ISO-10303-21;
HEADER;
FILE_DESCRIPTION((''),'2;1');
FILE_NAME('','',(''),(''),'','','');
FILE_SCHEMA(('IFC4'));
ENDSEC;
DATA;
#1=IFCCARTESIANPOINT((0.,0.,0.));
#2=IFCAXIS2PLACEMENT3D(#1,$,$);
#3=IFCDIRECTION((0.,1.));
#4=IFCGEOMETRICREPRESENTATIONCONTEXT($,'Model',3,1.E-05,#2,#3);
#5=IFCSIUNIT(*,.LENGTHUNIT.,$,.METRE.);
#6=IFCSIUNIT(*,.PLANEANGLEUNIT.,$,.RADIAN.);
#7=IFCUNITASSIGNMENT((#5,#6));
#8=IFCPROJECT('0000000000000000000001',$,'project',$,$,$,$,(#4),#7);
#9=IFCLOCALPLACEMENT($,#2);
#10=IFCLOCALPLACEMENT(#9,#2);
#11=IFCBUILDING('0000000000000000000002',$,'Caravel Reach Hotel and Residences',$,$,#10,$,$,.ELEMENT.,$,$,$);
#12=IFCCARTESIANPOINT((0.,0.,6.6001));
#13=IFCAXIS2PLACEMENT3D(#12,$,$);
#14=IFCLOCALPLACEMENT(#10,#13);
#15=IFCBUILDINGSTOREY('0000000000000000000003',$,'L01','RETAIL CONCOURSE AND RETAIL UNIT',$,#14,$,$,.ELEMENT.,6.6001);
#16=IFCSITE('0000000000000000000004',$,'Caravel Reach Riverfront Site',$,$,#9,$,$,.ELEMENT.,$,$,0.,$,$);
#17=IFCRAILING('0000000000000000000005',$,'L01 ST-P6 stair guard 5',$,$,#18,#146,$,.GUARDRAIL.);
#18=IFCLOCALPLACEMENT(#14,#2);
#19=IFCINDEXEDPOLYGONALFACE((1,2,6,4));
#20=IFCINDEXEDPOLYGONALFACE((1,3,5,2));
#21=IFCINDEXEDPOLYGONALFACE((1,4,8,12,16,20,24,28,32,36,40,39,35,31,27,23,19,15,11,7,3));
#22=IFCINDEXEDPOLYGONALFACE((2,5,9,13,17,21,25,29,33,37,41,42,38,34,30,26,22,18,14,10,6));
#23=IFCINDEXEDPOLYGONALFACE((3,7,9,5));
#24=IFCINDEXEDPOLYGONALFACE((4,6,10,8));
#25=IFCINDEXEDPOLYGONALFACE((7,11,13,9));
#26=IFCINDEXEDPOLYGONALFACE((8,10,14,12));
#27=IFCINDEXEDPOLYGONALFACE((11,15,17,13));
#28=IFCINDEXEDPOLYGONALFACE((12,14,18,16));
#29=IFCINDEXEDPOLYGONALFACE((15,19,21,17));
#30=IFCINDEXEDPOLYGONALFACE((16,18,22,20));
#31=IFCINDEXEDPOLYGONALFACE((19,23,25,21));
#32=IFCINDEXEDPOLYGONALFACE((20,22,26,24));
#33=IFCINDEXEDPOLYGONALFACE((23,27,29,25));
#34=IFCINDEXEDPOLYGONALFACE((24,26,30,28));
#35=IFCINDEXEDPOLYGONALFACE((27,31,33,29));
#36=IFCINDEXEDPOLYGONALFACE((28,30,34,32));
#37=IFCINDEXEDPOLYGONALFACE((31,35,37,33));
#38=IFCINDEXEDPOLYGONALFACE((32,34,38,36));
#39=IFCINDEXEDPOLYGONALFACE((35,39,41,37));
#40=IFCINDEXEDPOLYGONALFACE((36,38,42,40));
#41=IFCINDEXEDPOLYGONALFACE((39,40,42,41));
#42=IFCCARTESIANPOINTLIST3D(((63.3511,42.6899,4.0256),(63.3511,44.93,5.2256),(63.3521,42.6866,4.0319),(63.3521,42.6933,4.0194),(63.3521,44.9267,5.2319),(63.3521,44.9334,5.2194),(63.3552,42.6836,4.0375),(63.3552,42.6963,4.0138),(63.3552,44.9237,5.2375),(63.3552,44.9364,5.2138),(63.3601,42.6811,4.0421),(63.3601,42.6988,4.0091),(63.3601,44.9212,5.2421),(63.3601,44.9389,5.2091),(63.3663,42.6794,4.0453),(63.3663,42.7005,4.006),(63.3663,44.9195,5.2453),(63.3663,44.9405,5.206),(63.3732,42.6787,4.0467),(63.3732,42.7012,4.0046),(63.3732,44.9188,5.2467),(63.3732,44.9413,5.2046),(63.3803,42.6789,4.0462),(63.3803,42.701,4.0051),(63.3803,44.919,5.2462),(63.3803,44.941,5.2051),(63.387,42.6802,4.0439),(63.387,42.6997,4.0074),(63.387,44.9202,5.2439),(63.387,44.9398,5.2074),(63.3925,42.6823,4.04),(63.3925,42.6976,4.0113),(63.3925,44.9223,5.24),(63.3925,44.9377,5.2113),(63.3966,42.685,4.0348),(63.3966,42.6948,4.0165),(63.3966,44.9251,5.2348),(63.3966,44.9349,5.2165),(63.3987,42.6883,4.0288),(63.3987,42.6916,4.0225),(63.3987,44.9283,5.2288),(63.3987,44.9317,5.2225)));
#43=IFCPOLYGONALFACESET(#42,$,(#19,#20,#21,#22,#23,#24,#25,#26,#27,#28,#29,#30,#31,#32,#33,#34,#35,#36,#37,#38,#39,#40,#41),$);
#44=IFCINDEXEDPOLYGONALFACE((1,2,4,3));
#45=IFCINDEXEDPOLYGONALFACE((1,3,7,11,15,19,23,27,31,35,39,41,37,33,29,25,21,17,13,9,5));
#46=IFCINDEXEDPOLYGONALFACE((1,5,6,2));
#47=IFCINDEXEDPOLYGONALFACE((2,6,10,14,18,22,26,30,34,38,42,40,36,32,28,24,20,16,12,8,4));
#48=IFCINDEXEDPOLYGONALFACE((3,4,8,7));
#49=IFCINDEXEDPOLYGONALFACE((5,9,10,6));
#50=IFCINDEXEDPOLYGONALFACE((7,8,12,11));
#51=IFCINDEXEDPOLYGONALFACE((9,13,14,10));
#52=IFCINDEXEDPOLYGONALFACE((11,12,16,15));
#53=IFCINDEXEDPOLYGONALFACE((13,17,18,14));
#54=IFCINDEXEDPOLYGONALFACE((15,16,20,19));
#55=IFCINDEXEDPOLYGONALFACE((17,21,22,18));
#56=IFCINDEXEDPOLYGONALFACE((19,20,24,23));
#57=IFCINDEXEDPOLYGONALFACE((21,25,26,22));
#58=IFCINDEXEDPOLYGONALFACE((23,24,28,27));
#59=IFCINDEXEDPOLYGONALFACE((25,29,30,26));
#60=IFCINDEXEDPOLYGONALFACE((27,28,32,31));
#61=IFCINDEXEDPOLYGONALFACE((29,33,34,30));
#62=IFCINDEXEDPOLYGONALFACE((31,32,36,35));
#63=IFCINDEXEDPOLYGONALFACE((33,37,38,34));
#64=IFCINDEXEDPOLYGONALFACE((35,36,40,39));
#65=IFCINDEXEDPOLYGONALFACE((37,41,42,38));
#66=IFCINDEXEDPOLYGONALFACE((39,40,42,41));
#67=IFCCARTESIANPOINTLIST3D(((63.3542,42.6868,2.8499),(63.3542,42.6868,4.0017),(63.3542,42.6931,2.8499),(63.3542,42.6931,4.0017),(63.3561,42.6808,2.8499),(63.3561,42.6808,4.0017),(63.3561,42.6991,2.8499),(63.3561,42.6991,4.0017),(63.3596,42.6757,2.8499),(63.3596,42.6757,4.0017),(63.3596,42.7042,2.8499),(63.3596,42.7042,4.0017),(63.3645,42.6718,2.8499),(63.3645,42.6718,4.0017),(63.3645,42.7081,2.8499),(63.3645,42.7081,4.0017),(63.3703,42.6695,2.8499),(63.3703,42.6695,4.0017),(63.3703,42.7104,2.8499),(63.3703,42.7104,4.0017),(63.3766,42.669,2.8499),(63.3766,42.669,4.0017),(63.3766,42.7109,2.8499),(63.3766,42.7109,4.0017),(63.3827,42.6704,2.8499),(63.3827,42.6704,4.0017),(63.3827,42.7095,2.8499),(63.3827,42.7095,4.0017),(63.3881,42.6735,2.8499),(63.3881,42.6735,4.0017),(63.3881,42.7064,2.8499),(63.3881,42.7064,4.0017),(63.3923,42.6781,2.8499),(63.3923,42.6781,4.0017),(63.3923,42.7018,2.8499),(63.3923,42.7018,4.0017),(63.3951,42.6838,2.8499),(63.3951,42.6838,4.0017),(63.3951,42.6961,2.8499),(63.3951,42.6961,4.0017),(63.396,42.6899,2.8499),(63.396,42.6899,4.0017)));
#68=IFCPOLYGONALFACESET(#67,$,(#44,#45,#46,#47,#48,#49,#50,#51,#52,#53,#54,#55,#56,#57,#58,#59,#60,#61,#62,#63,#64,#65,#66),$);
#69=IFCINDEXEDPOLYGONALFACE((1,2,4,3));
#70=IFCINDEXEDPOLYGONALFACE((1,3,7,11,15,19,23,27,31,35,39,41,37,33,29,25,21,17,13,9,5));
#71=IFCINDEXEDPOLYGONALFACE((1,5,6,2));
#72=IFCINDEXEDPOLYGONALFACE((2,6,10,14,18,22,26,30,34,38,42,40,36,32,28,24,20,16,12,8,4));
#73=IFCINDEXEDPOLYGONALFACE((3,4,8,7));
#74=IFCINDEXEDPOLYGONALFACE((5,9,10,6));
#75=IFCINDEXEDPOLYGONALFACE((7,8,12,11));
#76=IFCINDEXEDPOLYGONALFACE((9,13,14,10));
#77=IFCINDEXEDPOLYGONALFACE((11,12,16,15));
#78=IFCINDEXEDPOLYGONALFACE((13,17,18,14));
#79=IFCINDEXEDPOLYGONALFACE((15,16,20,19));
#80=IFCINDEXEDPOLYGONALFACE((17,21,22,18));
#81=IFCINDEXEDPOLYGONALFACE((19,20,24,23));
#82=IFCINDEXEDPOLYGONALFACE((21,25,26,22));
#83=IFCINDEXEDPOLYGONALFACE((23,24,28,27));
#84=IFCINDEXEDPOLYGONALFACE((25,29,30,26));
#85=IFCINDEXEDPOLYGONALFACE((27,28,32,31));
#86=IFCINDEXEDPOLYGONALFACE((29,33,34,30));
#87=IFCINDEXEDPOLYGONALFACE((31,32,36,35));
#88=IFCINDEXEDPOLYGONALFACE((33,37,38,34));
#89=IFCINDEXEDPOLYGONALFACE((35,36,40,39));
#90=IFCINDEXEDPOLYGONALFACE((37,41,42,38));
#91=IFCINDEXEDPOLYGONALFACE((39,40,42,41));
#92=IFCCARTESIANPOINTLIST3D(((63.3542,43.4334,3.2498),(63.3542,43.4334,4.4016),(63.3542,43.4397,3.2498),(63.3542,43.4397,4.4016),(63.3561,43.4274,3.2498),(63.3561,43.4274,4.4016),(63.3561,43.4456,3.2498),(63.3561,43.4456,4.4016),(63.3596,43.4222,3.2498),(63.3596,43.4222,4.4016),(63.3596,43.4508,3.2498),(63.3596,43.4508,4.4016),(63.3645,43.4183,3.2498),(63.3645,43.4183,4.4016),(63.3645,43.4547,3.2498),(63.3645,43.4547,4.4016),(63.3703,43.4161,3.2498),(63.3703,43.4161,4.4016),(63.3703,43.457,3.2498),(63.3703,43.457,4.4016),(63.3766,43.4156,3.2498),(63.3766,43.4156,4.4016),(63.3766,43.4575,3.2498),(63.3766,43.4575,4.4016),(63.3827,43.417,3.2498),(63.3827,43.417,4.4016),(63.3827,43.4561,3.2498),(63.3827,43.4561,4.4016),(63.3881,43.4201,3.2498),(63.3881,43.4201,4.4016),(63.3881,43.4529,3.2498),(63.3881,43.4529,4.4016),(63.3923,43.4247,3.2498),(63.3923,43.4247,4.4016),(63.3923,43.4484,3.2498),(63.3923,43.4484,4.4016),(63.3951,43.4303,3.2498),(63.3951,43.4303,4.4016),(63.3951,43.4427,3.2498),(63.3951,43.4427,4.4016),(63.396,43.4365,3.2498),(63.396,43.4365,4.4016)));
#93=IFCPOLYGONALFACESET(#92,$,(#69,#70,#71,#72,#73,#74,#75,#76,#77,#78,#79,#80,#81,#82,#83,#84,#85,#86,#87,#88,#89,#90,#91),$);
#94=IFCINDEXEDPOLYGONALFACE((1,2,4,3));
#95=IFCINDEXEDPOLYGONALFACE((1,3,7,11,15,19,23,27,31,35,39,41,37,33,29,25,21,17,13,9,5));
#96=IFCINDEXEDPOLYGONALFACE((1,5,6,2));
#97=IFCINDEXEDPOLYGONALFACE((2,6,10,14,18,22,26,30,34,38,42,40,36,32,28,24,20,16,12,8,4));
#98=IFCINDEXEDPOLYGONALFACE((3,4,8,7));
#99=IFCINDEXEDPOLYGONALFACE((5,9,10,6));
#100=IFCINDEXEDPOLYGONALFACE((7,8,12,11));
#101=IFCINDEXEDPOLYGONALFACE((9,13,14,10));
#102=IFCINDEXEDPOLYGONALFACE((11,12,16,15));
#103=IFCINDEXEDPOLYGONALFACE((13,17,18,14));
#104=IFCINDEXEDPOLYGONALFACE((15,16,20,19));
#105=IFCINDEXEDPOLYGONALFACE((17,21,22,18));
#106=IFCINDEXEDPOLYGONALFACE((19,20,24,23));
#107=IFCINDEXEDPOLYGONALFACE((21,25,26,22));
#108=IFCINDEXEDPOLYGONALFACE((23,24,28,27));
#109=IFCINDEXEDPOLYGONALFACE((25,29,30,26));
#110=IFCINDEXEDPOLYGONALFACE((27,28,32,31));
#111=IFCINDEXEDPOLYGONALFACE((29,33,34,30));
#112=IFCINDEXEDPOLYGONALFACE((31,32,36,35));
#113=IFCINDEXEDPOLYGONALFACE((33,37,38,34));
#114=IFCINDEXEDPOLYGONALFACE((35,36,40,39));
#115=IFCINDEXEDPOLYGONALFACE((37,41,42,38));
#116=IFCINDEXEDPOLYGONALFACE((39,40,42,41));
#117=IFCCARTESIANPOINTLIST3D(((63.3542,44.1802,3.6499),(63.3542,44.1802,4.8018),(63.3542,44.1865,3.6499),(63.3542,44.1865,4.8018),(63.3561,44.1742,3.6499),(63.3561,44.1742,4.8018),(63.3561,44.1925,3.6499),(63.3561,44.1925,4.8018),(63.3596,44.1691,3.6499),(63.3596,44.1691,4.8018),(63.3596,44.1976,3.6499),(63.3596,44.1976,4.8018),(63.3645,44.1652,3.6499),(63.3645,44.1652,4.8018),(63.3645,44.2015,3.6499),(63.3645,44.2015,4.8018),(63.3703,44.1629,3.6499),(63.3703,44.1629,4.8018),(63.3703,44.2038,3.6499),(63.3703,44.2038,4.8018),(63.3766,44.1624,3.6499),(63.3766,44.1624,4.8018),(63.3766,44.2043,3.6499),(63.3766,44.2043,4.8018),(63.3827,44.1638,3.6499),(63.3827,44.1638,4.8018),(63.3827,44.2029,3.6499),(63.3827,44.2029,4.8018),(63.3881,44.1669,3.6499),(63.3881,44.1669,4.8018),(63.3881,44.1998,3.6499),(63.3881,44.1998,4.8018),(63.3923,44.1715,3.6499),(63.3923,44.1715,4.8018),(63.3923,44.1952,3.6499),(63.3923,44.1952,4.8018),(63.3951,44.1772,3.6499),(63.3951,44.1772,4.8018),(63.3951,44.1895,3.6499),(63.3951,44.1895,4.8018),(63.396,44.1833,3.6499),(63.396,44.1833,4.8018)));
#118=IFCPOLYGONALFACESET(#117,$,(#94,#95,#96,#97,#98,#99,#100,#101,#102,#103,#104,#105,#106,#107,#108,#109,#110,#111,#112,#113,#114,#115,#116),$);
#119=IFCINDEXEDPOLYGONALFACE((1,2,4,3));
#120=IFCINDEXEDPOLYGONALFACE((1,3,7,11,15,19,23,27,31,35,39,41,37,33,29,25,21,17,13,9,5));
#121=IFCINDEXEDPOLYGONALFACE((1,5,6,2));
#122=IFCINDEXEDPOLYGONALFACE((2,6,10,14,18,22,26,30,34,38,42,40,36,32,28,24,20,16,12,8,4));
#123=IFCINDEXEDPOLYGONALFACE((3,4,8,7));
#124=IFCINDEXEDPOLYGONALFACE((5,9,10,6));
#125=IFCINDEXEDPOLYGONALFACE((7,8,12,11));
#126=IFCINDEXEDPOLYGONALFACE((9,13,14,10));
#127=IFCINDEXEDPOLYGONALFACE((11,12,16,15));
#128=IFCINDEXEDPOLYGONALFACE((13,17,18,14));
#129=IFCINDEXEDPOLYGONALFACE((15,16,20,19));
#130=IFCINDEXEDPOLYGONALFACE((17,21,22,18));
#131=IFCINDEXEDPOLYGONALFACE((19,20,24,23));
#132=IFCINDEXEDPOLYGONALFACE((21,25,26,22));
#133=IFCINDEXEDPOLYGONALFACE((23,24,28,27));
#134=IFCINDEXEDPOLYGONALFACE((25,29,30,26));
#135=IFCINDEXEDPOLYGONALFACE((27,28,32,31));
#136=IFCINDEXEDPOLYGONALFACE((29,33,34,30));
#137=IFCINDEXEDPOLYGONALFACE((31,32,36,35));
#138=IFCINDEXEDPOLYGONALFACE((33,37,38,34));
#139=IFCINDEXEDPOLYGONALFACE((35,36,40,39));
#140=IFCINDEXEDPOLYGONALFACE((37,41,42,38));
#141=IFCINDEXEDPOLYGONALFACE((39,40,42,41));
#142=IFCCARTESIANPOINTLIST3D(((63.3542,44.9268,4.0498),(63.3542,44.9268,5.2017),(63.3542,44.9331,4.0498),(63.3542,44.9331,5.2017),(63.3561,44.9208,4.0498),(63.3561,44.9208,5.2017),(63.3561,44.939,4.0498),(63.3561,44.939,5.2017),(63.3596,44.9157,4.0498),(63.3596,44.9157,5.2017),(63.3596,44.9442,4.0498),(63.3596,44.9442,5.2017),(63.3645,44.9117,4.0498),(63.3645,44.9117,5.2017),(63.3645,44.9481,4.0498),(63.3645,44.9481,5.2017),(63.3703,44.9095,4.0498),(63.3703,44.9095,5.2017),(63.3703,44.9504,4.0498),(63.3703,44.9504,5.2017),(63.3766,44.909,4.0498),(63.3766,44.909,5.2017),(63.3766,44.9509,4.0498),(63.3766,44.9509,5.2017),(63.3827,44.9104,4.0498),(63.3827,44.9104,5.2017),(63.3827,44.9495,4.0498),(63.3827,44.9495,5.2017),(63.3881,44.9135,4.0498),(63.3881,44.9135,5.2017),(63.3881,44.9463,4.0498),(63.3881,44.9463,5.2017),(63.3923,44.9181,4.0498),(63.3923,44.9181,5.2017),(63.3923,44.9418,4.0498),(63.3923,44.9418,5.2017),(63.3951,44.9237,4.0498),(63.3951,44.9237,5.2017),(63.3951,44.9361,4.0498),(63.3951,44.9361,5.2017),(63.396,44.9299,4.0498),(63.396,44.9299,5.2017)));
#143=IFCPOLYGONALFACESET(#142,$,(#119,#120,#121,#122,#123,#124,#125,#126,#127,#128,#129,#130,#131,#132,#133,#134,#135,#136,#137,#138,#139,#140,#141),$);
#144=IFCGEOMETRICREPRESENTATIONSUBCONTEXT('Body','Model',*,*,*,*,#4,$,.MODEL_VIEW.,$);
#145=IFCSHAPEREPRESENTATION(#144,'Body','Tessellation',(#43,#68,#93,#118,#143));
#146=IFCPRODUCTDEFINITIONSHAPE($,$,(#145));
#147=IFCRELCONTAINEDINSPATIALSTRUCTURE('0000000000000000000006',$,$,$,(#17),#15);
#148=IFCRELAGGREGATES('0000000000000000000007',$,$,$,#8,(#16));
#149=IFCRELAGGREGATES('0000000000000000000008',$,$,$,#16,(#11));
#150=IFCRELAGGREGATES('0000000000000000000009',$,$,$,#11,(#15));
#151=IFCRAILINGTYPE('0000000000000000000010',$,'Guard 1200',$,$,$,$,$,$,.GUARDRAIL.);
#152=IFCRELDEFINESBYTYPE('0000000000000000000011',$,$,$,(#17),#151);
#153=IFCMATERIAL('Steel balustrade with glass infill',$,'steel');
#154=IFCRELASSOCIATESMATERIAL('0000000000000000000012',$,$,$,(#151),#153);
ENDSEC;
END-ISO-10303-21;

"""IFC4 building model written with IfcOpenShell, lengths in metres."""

from ifc_helpers import new_model, si_unit, direction, frame, origin, origin_2d, place, context, subcontext, project, spatial, circle, extrude, material, type_object, element, save


model = new_model("IFC4")

# Units and contexts
model_context = context("Model", 3, precision=1e-05, world=origin(), true_north=direction((0.0, 1.0)))
body_context = subcontext(model_context, "Body", "Model", "MODEL_VIEW")
ifc_project = project(units=[si_unit("LENGTHUNIT", "METRE"), si_unit("PLANEANGLEUNIT", "RADIAN")], contexts=[model_context])

# Site, building, storey
site_placement = place(None, origin())
site = spatial("IfcSite", under=ifc_project, at=site_placement, Name="Caravel Reach Riverfront Site", CompositionType="ELEMENT", RefElevation=0.0)
building_placement = place(site_placement, origin())
building = spatial("IfcBuilding", under=site, at=building_placement, Name="Caravel Reach Hotel and Residences", CompositionType="ELEMENT")
storey_placement = place(building_placement, frame((0.0, 0.0, 6.6001)))
storey = spatial("IfcBuildingStorey", under=building, at=storey_placement, Name="L01", Description="RETAIL CONCOURSE AND RETAIL UNIT", CompositionType="ELEMENT", Elevation=6.6001)

# Railing
ifc_material_1 = material(Name="Steel balustrade with glass infill", Category="steel")
railing_type_1 = type_object("IfcRailingType", Name="Guard 1200", PredefinedType="GUARDRAIL", material=ifc_material_1)
railing_1_placement = place(storey_placement, frame((63.375, 42.6899, 2.8499)))
element("IfcRailing", 1, at=railing_1_placement, inside=storey, type_object=railing_type_1, Name="L01 ST-P6 stair guard 5", PredefinedType="GUARDRAIL", context=body_context, shape_type="SweptSolid", body=[
    extrude(circle(Radius=0.0239, at=origin_2d()), frame((0.0, 0.0, 1.1758), z_axis=(0.0, 0.881487, 0.472208), x_axis=(-1.0, 0.0, 0.0)), (0.0, 0.0, 1.0), 2.5413),
    extrude(circle(Radius=0.021, at=origin_2d()), origin(), (0.0, 0.0, 1.0), 1.1519),
    extrude(circle(Radius=0.021, at=origin_2d()), frame((0.0, 0.7466, 0.3999)), (0.0, 0.0, 1.0), 1.1519),
    extrude(circle(Radius=0.021, at=origin_2d()), frame((0.0, 1.4934, 0.8)), (0.0, 0.0, 1.0), 1.1519),
    extrude(circle(Radius=0.021, at=origin_2d()), frame((0.0, 2.24, 1.2)), (0.0, 0.0, 1.0), 1.1519),
])

save(model, "model.ifc")
